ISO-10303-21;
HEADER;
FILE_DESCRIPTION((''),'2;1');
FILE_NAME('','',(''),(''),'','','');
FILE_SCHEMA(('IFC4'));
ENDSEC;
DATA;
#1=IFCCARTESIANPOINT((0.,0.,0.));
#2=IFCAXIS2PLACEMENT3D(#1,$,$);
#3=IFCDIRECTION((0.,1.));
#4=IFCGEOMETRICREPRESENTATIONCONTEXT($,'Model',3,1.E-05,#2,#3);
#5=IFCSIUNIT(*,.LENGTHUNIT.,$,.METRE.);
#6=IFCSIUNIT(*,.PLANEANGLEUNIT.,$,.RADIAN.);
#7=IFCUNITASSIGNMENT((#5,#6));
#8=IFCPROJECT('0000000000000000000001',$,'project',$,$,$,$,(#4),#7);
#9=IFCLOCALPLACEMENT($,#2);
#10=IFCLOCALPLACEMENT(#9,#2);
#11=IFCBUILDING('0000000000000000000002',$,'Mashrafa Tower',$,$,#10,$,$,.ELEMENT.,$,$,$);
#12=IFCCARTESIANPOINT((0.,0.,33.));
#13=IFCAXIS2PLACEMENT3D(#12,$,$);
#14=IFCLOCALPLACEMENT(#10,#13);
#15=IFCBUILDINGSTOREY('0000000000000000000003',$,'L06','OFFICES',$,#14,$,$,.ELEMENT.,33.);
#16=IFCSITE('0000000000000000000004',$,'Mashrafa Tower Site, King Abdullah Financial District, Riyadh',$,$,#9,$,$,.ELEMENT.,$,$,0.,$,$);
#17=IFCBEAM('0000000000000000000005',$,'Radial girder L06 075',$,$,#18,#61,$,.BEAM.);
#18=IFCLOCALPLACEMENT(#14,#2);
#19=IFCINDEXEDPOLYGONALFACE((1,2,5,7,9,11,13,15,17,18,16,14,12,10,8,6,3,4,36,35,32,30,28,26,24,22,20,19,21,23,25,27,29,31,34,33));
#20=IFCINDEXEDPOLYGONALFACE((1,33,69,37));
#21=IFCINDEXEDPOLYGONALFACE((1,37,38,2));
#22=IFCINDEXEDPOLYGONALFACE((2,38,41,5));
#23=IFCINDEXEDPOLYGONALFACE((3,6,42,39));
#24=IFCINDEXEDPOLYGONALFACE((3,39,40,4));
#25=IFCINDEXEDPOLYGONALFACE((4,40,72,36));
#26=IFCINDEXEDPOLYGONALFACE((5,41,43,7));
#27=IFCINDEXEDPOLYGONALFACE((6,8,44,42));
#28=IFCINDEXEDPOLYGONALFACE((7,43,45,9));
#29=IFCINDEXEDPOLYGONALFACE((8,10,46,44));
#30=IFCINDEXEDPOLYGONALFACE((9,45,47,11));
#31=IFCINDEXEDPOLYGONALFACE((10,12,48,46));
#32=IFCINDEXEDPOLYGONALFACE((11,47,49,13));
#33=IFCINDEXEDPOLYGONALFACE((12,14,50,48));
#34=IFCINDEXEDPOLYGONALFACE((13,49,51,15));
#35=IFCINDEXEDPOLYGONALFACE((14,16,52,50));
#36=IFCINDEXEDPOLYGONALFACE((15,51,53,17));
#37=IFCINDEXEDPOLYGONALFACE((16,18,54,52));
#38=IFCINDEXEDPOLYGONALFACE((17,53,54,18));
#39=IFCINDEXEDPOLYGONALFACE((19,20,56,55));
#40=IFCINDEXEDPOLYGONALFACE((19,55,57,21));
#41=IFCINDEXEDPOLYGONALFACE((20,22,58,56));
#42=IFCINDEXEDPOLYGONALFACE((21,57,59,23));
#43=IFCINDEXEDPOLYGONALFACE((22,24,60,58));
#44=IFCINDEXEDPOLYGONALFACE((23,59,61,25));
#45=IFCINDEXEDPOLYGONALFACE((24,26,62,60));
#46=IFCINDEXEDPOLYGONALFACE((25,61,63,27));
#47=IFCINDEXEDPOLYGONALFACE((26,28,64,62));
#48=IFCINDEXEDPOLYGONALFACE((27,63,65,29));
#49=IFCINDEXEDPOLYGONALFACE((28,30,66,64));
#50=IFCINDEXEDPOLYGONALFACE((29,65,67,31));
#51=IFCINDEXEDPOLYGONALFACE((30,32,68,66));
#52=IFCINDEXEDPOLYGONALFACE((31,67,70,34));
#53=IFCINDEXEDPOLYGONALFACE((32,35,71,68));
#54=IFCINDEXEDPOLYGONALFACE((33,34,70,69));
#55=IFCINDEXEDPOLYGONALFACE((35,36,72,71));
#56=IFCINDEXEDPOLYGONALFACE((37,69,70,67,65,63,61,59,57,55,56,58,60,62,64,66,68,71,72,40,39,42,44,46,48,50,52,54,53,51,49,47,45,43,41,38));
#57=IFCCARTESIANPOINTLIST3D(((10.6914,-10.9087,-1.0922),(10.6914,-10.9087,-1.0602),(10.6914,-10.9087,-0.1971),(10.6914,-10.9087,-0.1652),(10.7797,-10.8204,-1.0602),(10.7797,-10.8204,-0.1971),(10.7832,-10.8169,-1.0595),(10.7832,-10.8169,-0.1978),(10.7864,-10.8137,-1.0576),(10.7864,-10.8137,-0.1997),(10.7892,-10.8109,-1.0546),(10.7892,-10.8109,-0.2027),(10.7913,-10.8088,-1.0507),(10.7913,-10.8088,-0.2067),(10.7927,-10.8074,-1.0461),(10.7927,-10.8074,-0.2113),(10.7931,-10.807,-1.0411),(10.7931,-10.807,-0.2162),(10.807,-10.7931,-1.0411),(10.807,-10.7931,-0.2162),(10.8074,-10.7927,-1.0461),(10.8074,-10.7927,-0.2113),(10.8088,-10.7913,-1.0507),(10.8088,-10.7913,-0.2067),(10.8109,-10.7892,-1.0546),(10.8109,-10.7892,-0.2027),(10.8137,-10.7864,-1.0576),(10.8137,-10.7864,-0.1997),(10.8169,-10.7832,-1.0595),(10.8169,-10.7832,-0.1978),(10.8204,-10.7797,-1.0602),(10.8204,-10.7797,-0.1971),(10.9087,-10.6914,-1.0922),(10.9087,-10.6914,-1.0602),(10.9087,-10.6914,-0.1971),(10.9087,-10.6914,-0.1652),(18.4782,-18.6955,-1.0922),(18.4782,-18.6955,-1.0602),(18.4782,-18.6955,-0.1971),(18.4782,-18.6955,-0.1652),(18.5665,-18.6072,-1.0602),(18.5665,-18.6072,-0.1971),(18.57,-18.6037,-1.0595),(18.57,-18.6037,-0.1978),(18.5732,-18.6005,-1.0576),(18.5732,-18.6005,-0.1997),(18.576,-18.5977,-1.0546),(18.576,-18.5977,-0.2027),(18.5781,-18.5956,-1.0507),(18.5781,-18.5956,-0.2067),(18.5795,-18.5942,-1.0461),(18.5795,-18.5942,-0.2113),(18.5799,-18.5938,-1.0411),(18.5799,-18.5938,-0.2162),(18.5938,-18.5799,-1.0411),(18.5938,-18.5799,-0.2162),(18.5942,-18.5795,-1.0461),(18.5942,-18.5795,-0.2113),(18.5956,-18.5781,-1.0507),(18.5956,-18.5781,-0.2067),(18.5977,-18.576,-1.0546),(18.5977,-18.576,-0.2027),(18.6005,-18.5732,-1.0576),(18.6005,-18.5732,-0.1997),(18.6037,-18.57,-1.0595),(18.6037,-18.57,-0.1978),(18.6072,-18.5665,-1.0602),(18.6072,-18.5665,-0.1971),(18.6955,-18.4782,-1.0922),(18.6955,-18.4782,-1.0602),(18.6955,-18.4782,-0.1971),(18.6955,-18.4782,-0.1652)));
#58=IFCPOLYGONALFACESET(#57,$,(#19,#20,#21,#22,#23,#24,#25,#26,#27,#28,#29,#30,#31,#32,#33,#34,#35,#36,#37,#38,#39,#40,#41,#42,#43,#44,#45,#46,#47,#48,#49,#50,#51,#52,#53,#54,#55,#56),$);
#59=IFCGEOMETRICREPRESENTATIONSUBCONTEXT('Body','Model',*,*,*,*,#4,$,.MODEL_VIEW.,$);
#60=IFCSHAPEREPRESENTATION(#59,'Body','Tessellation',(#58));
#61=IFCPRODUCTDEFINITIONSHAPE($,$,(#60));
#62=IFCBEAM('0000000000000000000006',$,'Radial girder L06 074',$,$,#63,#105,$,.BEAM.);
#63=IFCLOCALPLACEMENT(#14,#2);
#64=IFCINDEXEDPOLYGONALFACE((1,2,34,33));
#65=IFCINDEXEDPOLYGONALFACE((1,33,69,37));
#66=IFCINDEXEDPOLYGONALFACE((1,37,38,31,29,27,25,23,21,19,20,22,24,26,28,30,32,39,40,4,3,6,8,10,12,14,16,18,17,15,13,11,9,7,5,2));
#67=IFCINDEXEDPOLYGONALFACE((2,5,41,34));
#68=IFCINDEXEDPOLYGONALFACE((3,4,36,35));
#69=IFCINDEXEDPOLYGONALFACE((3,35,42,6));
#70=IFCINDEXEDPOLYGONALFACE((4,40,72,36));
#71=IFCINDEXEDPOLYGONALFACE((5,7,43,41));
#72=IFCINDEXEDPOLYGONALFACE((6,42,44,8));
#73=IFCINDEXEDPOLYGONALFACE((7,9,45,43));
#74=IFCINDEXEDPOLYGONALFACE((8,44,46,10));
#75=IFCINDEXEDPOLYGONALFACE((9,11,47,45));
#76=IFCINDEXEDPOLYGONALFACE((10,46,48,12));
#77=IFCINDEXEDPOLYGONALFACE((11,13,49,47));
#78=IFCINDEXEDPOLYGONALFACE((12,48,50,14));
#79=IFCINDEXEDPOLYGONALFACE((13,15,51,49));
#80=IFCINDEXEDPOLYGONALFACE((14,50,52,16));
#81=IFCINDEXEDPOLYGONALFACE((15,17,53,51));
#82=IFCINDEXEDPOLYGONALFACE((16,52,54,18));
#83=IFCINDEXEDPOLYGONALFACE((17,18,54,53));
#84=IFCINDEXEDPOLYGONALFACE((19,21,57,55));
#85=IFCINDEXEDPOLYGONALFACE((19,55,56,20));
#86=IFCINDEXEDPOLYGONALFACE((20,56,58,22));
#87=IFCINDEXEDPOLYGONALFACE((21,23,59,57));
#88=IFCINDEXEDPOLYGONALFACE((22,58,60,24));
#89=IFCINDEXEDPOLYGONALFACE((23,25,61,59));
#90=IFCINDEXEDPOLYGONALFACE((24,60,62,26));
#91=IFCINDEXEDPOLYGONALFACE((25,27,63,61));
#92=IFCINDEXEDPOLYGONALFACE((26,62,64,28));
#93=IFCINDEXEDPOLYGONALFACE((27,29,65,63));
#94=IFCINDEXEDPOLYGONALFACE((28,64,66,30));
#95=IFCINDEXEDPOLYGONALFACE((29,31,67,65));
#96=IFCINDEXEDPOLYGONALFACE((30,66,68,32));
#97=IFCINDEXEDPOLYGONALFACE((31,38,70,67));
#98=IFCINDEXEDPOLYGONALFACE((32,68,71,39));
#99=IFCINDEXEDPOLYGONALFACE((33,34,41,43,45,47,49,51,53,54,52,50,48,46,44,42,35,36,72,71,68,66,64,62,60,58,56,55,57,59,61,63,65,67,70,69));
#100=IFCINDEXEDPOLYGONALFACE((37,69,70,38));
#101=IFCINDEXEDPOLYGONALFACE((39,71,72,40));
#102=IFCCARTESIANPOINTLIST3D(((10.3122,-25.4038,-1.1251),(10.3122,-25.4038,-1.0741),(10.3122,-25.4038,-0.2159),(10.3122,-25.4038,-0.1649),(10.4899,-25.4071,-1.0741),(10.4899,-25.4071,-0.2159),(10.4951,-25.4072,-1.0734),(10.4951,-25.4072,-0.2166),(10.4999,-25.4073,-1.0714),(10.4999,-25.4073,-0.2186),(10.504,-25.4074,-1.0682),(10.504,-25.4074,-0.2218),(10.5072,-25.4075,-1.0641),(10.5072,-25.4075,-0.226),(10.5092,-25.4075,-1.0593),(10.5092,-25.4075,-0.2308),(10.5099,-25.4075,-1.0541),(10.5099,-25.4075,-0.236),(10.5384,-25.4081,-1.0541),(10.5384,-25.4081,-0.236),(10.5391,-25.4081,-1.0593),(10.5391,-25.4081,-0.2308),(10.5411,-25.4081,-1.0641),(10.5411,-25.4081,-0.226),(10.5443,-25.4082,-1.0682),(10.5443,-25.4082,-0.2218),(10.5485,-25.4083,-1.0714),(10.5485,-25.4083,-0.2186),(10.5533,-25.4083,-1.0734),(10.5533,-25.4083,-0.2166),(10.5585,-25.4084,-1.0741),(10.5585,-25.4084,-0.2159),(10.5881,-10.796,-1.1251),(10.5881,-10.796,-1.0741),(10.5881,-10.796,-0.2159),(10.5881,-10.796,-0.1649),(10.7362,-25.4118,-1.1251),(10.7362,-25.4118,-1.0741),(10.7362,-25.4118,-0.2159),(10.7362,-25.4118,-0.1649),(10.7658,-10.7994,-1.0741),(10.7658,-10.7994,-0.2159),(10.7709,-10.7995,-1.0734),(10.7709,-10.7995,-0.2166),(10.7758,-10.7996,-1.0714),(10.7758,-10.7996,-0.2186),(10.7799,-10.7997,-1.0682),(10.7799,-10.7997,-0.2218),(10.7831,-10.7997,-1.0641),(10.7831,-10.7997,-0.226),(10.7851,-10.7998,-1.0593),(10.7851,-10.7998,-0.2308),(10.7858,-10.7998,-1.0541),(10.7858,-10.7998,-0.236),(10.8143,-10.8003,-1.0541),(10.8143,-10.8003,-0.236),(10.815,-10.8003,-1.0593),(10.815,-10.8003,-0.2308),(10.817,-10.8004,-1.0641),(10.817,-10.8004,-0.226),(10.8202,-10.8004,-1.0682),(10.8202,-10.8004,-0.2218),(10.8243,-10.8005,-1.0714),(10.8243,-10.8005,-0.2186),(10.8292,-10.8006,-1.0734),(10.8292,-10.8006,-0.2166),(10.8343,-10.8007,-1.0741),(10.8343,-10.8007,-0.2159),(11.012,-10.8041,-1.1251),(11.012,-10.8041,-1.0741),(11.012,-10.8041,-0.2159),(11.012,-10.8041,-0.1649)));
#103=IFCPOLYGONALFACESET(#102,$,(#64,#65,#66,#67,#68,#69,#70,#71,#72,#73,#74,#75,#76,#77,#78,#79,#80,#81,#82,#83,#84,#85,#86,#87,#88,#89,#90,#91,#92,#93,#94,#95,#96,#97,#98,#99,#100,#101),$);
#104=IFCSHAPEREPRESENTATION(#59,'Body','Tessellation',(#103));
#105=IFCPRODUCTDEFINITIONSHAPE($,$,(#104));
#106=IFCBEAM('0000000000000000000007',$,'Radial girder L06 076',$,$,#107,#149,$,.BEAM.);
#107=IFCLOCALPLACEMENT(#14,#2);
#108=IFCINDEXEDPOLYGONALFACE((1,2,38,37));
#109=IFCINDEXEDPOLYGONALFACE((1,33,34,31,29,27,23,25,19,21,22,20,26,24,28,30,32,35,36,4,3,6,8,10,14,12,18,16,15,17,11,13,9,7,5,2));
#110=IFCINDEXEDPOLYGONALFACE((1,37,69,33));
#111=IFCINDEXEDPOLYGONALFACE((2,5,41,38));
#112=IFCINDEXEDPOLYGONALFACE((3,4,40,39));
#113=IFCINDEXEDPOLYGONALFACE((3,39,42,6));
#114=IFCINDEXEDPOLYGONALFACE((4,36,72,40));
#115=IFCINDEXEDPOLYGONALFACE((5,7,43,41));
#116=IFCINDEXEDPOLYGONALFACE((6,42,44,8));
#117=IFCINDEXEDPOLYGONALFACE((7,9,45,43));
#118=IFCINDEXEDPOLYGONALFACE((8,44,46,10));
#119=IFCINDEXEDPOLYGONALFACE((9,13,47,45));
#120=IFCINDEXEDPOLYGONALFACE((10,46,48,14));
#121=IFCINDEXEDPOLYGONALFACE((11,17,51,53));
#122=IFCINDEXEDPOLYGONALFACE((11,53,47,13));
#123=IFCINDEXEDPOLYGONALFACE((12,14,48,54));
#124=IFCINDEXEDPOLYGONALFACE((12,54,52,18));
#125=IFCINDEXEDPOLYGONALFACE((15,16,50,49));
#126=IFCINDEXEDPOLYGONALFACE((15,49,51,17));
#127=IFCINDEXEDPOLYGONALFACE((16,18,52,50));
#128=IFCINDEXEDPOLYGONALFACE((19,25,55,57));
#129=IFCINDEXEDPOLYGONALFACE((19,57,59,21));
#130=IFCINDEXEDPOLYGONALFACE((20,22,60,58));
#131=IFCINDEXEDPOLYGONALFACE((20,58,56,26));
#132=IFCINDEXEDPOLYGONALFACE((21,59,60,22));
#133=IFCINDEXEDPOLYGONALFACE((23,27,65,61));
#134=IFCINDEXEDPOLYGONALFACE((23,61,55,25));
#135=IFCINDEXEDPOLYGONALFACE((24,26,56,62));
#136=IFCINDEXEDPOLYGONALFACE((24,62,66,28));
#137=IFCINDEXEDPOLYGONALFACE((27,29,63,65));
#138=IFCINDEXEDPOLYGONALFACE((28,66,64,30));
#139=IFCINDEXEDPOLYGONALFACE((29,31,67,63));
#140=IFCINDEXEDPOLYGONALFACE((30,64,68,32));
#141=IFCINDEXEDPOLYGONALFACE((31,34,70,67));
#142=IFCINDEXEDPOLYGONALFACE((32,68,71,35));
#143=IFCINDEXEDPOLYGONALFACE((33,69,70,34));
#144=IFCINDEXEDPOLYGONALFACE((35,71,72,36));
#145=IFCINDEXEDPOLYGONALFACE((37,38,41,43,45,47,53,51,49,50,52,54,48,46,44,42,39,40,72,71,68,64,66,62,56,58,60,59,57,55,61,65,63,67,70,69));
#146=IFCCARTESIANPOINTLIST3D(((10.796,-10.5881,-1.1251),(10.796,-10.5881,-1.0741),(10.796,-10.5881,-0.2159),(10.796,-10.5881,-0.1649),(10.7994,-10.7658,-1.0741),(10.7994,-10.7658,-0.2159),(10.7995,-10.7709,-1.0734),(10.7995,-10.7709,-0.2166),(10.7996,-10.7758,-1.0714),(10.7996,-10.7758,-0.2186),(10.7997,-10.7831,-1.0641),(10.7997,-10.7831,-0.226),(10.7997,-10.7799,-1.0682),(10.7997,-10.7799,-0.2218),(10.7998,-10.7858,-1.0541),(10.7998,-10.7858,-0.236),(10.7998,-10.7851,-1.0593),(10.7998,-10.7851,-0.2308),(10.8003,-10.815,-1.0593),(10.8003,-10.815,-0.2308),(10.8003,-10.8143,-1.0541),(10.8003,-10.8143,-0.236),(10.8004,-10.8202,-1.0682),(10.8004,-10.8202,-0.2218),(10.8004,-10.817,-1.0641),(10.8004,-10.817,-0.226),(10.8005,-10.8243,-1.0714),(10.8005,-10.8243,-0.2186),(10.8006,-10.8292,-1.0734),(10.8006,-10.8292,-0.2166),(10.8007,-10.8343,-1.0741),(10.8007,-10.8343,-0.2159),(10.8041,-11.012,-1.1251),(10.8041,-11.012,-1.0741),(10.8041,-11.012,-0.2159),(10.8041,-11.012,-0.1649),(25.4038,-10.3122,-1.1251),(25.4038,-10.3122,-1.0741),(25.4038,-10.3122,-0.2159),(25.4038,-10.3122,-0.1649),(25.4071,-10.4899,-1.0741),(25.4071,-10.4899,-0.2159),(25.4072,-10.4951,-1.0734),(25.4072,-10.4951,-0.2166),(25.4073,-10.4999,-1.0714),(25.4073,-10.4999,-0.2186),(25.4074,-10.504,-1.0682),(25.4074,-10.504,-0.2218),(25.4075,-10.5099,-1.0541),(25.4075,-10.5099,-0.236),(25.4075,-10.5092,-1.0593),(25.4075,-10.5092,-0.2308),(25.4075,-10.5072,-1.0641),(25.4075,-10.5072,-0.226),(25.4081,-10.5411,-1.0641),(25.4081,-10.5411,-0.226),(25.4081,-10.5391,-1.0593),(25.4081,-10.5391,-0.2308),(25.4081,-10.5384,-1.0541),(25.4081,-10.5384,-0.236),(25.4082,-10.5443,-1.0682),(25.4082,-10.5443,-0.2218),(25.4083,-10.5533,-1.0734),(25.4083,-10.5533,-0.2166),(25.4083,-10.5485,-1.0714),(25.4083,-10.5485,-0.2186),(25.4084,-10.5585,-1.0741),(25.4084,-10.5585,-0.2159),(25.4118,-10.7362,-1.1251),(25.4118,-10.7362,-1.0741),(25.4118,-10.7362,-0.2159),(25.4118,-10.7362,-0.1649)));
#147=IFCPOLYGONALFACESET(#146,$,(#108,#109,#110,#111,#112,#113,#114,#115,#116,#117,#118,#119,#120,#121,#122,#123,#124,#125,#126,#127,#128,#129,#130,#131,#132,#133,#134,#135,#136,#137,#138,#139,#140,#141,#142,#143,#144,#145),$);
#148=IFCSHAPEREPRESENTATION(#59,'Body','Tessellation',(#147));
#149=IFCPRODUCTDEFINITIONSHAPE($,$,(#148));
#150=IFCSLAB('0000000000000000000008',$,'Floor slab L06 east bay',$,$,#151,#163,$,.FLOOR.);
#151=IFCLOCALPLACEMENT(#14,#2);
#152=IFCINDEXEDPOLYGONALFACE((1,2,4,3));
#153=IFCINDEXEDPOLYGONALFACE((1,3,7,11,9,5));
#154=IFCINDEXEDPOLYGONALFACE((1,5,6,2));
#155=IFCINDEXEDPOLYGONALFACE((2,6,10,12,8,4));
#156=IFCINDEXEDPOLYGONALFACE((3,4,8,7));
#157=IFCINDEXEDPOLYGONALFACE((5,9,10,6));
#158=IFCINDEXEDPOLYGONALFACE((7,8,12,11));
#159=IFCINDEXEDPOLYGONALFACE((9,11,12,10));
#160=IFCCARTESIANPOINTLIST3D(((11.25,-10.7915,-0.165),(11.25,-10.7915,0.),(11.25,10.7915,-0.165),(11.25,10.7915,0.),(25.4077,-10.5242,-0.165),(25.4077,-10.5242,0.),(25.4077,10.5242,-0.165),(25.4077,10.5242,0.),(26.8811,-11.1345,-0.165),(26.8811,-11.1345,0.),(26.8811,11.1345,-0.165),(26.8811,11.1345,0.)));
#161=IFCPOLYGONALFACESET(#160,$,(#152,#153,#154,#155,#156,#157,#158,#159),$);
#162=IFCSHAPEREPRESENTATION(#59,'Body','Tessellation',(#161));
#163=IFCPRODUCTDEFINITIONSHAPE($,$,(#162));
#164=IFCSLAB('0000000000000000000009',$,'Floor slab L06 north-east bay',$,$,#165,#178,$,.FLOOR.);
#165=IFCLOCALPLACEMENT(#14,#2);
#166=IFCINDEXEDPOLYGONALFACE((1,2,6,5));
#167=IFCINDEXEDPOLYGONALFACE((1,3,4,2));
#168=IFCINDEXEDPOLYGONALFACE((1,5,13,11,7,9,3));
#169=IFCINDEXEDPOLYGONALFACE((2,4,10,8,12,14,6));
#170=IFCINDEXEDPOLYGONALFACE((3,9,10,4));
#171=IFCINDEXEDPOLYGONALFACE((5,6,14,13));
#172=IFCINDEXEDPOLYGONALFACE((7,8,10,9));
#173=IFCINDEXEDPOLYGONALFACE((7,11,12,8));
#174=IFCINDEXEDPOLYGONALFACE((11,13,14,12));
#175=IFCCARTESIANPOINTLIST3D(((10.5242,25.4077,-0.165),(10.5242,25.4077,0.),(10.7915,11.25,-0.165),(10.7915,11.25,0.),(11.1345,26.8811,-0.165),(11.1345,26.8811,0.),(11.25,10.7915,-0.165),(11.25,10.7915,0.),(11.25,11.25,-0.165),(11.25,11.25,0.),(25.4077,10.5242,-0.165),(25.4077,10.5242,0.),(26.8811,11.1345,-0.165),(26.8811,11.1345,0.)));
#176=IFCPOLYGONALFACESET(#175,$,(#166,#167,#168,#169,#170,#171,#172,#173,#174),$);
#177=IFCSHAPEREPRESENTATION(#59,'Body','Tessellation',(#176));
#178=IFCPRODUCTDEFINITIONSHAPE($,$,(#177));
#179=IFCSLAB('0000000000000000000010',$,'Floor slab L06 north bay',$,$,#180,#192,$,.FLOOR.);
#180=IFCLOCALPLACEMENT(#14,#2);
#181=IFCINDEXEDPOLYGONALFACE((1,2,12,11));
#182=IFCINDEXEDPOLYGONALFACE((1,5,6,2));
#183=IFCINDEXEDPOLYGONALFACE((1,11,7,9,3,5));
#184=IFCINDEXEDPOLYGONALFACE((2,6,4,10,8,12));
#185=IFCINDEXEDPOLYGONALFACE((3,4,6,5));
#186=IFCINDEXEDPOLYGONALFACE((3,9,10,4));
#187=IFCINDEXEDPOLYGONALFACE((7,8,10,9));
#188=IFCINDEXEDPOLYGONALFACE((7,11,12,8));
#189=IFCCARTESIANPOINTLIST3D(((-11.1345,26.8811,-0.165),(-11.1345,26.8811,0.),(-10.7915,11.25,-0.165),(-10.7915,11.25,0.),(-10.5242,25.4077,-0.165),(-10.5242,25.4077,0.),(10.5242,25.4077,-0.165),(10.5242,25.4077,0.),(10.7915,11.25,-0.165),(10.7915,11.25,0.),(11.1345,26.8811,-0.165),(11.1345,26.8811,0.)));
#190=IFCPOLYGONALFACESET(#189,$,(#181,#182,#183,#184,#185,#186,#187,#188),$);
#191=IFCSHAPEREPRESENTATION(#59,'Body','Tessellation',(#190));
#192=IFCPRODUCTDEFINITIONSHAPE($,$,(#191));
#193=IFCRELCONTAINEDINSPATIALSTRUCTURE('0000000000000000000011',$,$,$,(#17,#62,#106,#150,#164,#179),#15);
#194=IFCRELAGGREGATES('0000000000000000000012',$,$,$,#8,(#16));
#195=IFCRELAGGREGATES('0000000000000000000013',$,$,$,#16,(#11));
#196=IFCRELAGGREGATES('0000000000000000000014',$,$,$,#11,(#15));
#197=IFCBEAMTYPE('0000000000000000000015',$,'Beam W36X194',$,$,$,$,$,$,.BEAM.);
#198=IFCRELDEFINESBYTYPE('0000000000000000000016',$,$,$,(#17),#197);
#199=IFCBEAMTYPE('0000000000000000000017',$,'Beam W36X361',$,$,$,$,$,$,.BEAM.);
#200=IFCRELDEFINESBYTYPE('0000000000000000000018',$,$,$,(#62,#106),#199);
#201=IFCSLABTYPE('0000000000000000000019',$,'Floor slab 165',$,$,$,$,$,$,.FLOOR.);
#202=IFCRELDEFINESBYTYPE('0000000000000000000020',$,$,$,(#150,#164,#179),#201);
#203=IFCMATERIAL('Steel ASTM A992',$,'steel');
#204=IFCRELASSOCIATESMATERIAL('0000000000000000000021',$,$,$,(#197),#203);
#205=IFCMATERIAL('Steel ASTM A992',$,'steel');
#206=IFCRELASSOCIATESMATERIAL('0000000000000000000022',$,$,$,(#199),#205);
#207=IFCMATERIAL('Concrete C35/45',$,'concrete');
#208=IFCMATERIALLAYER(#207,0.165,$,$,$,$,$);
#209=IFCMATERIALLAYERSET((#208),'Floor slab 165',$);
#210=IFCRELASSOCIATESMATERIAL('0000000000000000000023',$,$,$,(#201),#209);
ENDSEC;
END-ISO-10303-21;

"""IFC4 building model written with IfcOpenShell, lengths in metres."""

from ifc_helpers import new_model, si_unit, direction, frame, origin, origin_2d, place, context, subcontext, project, spatial, polyline, i_section, outline, extrude, material, layer, layer_set, material_profile, profile_set, type_object, element, save


model = new_model("IFC4")

# Units and contexts
model_context = context("Model", 3, precision=1e-05, world=origin(), true_north=direction((0.0, 1.0)))
body_context = subcontext(model_context, "Body", "Model", "MODEL_VIEW")
ifc_project = project(units=[si_unit("LENGTHUNIT", "METRE"), si_unit("PLANEANGLEUNIT", "RADIAN")], contexts=[model_context])

# Site, building, storey
site_placement = place(None, origin())
site = spatial("IfcSite", under=ifc_project, at=site_placement, Name="Mashrafa Tower Site, King Abdullah Financial District, Riyadh", CompositionType="ELEMENT", RefElevation=0.0)
building_placement = place(site_placement, origin())
building = spatial("IfcBuilding", under=site, at=building_placement, Name="Mashrafa Tower", CompositionType="ELEMENT")
storey_placement = place(building_placement, frame((0.0, 0.0, 33.0)))
storey = spatial("IfcBuildingStorey", under=building, at=storey_placement, Name="L06", Description="OFFICES", CompositionType="ELEMENT", Elevation=33.0)

# Beams
ifc_material_1 = material(Name="Steel ASTM A992", Category="steel")
ifc_material_profile_1 = material_profile(ifc_material_1, i_section(OverallWidth=0.3074, OverallDepth=0.927, WebThickness=0.0195, FlangeThickness=0.032, FilletRadius=0.019, at=origin_2d()), Name="W36X194")
ifc_profile_set_1 = profile_set([ifc_material_profile_1], Name="Steel ASTM A992")
beam_type_1 = type_object("IfcBeamType", Name="Beam W36X194", PredefinedType="BEAM", material=ifc_profile_set_1)
beam_placement = place(storey_placement, frame((10.8, -10.8, -0.6287), z_axis=(0.707107, -0.707107, 0.0), x_axis=(0.707107, 0.707107, 0.0)))
element("IfcBeam", 1, at=beam_placement, inside=storey, type_object=beam_type_1, Name="Radial girder L06 075", PredefinedType="BEAM", context=body_context, shape_type="SweptSolid", body=[
    extrude(i_section(OverallWidth=0.3074, OverallDepth=0.927, WebThickness=0.0195, FlangeThickness=0.032, FilletRadius=0.019, at=origin_2d()), origin(), (0.0, 0.0, 1.0), 11.0122),
])
ifc_material_2 = material(Name="Steel ASTM A992", Category="steel")
ifc_material_profile_2 = material_profile(ifc_material_2, i_section(OverallWidth=0.4241, OverallDepth=0.9602, WebThickness=0.0286, FlangeThickness=0.051, FilletRadius=0.02, at=origin_2d()), Name="W36X361")
ifc_profile_set_2 = profile_set([ifc_material_profile_2], Name="Steel ASTM A992")
beam_type_2 = type_object("IfcBeamType", Name="Beam W36X361", PredefinedType="BEAM", material=ifc_profile_set_2)
for number, where, z_axis, x_axis, name in (
    (2, (10.8, -10.8, -0.645), (-0.018883, -0.999822, 0.0), (0.999822, -0.018883, 0.0), "Radial girder L06 074"),
    (3, (10.8, -10.8, -0.645), (0.999822, 0.018883, 0.0), (-0.018883, 0.999822, 0.0), "Radial girder L06 076"),
):
    element("IfcBeam", number, at=place(storey_placement, frame(where, z_axis=z_axis, x_axis=x_axis)), inside=storey, type_object=beam_type_2, Name=name, PredefinedType="BEAM", context=body_context, shape_type="SweptSolid", body=[
        extrude(i_section(OverallWidth=0.4241, OverallDepth=0.9602, WebThickness=0.0286, FlangeThickness=0.051, FilletRadius=0.02, at=origin_2d()), origin(), (0.0, 0.0, 1.0), 14.6104),
    ])

# Slabs
ifc_material_3 = material(Name="Concrete C35/45", Category="concrete")
ifc_layer_1 = layer(ifc_material_3, 0.165)
ifc_layer_set_1 = layer_set([ifc_layer_1], Name="Floor slab 165")
slab_type_1 = type_object("IfcSlabType", Name="Floor slab 165", PredefinedType="FLOOR", material=ifc_layer_set_1)
slab_1_placement = place(storey_placement, frame((0.0, 0.0, -0.165)))
element("IfcSlab", 4, at=slab_1_placement, inside=storey, type_object=slab_type_1, Name="Floor slab L06 east bay", PredefinedType="FLOOR", context=body_context, shape_type="SweptSolid", body=[
    extrude(outline(polyline([(26.8811, 11.1345), (26.8811, -11.1345), (26.8811, -11.1345), (25.4077, -10.5242), (11.25, -10.7915), (11.25, 10.7915), (25.4077, 10.5242), (26.8811, 11.1345), (26.8811, 11.1345)])), origin(), (0.0, 0.0, 1.0), 0.165),
])
slab_2_placement = place(storey_placement, frame((0.0, 0.0, -0.165)))
element("IfcSlab", 5, at=slab_2_placement, inside=storey, type_object=slab_type_1, Name="Floor slab L06 north-east bay", PredefinedType="FLOOR", context=body_context, shape_type="SweptSolid", body=[
    extrude(outline(polyline([(26.8811, 11.1345), (25.4077, 10.5242), (11.25, 10.7915), (11.25, 11.25), (10.7915, 11.25), (10.5242, 25.4077), (11.1345, 26.8811), (26.8811, 11.1345)])), origin(), (0.0, 0.0, 1.0), 0.165),
])
slab_3_placement = place(storey_placement, frame((0.0, 0.0, -0.165)))
element("IfcSlab", 6, at=slab_3_placement, inside=storey, type_object=slab_type_1, Name="Floor slab L06 north bay", PredefinedType="FLOOR", context=body_context, shape_type="SweptSolid", body=[
    extrude(outline(polyline([(-11.1345, 26.8811), (11.1345, 26.8811), (11.1345, 26.8811), (10.5242, 25.4077), (10.7915, 11.25), (-10.7915, 11.25), (-10.5242, 25.4077), (-11.1345, 26.8811), (-11.1345, 26.8811)])), origin(), (0.0, 0.0, 1.0), 0.165),
])

save(model, "model.ifc")
